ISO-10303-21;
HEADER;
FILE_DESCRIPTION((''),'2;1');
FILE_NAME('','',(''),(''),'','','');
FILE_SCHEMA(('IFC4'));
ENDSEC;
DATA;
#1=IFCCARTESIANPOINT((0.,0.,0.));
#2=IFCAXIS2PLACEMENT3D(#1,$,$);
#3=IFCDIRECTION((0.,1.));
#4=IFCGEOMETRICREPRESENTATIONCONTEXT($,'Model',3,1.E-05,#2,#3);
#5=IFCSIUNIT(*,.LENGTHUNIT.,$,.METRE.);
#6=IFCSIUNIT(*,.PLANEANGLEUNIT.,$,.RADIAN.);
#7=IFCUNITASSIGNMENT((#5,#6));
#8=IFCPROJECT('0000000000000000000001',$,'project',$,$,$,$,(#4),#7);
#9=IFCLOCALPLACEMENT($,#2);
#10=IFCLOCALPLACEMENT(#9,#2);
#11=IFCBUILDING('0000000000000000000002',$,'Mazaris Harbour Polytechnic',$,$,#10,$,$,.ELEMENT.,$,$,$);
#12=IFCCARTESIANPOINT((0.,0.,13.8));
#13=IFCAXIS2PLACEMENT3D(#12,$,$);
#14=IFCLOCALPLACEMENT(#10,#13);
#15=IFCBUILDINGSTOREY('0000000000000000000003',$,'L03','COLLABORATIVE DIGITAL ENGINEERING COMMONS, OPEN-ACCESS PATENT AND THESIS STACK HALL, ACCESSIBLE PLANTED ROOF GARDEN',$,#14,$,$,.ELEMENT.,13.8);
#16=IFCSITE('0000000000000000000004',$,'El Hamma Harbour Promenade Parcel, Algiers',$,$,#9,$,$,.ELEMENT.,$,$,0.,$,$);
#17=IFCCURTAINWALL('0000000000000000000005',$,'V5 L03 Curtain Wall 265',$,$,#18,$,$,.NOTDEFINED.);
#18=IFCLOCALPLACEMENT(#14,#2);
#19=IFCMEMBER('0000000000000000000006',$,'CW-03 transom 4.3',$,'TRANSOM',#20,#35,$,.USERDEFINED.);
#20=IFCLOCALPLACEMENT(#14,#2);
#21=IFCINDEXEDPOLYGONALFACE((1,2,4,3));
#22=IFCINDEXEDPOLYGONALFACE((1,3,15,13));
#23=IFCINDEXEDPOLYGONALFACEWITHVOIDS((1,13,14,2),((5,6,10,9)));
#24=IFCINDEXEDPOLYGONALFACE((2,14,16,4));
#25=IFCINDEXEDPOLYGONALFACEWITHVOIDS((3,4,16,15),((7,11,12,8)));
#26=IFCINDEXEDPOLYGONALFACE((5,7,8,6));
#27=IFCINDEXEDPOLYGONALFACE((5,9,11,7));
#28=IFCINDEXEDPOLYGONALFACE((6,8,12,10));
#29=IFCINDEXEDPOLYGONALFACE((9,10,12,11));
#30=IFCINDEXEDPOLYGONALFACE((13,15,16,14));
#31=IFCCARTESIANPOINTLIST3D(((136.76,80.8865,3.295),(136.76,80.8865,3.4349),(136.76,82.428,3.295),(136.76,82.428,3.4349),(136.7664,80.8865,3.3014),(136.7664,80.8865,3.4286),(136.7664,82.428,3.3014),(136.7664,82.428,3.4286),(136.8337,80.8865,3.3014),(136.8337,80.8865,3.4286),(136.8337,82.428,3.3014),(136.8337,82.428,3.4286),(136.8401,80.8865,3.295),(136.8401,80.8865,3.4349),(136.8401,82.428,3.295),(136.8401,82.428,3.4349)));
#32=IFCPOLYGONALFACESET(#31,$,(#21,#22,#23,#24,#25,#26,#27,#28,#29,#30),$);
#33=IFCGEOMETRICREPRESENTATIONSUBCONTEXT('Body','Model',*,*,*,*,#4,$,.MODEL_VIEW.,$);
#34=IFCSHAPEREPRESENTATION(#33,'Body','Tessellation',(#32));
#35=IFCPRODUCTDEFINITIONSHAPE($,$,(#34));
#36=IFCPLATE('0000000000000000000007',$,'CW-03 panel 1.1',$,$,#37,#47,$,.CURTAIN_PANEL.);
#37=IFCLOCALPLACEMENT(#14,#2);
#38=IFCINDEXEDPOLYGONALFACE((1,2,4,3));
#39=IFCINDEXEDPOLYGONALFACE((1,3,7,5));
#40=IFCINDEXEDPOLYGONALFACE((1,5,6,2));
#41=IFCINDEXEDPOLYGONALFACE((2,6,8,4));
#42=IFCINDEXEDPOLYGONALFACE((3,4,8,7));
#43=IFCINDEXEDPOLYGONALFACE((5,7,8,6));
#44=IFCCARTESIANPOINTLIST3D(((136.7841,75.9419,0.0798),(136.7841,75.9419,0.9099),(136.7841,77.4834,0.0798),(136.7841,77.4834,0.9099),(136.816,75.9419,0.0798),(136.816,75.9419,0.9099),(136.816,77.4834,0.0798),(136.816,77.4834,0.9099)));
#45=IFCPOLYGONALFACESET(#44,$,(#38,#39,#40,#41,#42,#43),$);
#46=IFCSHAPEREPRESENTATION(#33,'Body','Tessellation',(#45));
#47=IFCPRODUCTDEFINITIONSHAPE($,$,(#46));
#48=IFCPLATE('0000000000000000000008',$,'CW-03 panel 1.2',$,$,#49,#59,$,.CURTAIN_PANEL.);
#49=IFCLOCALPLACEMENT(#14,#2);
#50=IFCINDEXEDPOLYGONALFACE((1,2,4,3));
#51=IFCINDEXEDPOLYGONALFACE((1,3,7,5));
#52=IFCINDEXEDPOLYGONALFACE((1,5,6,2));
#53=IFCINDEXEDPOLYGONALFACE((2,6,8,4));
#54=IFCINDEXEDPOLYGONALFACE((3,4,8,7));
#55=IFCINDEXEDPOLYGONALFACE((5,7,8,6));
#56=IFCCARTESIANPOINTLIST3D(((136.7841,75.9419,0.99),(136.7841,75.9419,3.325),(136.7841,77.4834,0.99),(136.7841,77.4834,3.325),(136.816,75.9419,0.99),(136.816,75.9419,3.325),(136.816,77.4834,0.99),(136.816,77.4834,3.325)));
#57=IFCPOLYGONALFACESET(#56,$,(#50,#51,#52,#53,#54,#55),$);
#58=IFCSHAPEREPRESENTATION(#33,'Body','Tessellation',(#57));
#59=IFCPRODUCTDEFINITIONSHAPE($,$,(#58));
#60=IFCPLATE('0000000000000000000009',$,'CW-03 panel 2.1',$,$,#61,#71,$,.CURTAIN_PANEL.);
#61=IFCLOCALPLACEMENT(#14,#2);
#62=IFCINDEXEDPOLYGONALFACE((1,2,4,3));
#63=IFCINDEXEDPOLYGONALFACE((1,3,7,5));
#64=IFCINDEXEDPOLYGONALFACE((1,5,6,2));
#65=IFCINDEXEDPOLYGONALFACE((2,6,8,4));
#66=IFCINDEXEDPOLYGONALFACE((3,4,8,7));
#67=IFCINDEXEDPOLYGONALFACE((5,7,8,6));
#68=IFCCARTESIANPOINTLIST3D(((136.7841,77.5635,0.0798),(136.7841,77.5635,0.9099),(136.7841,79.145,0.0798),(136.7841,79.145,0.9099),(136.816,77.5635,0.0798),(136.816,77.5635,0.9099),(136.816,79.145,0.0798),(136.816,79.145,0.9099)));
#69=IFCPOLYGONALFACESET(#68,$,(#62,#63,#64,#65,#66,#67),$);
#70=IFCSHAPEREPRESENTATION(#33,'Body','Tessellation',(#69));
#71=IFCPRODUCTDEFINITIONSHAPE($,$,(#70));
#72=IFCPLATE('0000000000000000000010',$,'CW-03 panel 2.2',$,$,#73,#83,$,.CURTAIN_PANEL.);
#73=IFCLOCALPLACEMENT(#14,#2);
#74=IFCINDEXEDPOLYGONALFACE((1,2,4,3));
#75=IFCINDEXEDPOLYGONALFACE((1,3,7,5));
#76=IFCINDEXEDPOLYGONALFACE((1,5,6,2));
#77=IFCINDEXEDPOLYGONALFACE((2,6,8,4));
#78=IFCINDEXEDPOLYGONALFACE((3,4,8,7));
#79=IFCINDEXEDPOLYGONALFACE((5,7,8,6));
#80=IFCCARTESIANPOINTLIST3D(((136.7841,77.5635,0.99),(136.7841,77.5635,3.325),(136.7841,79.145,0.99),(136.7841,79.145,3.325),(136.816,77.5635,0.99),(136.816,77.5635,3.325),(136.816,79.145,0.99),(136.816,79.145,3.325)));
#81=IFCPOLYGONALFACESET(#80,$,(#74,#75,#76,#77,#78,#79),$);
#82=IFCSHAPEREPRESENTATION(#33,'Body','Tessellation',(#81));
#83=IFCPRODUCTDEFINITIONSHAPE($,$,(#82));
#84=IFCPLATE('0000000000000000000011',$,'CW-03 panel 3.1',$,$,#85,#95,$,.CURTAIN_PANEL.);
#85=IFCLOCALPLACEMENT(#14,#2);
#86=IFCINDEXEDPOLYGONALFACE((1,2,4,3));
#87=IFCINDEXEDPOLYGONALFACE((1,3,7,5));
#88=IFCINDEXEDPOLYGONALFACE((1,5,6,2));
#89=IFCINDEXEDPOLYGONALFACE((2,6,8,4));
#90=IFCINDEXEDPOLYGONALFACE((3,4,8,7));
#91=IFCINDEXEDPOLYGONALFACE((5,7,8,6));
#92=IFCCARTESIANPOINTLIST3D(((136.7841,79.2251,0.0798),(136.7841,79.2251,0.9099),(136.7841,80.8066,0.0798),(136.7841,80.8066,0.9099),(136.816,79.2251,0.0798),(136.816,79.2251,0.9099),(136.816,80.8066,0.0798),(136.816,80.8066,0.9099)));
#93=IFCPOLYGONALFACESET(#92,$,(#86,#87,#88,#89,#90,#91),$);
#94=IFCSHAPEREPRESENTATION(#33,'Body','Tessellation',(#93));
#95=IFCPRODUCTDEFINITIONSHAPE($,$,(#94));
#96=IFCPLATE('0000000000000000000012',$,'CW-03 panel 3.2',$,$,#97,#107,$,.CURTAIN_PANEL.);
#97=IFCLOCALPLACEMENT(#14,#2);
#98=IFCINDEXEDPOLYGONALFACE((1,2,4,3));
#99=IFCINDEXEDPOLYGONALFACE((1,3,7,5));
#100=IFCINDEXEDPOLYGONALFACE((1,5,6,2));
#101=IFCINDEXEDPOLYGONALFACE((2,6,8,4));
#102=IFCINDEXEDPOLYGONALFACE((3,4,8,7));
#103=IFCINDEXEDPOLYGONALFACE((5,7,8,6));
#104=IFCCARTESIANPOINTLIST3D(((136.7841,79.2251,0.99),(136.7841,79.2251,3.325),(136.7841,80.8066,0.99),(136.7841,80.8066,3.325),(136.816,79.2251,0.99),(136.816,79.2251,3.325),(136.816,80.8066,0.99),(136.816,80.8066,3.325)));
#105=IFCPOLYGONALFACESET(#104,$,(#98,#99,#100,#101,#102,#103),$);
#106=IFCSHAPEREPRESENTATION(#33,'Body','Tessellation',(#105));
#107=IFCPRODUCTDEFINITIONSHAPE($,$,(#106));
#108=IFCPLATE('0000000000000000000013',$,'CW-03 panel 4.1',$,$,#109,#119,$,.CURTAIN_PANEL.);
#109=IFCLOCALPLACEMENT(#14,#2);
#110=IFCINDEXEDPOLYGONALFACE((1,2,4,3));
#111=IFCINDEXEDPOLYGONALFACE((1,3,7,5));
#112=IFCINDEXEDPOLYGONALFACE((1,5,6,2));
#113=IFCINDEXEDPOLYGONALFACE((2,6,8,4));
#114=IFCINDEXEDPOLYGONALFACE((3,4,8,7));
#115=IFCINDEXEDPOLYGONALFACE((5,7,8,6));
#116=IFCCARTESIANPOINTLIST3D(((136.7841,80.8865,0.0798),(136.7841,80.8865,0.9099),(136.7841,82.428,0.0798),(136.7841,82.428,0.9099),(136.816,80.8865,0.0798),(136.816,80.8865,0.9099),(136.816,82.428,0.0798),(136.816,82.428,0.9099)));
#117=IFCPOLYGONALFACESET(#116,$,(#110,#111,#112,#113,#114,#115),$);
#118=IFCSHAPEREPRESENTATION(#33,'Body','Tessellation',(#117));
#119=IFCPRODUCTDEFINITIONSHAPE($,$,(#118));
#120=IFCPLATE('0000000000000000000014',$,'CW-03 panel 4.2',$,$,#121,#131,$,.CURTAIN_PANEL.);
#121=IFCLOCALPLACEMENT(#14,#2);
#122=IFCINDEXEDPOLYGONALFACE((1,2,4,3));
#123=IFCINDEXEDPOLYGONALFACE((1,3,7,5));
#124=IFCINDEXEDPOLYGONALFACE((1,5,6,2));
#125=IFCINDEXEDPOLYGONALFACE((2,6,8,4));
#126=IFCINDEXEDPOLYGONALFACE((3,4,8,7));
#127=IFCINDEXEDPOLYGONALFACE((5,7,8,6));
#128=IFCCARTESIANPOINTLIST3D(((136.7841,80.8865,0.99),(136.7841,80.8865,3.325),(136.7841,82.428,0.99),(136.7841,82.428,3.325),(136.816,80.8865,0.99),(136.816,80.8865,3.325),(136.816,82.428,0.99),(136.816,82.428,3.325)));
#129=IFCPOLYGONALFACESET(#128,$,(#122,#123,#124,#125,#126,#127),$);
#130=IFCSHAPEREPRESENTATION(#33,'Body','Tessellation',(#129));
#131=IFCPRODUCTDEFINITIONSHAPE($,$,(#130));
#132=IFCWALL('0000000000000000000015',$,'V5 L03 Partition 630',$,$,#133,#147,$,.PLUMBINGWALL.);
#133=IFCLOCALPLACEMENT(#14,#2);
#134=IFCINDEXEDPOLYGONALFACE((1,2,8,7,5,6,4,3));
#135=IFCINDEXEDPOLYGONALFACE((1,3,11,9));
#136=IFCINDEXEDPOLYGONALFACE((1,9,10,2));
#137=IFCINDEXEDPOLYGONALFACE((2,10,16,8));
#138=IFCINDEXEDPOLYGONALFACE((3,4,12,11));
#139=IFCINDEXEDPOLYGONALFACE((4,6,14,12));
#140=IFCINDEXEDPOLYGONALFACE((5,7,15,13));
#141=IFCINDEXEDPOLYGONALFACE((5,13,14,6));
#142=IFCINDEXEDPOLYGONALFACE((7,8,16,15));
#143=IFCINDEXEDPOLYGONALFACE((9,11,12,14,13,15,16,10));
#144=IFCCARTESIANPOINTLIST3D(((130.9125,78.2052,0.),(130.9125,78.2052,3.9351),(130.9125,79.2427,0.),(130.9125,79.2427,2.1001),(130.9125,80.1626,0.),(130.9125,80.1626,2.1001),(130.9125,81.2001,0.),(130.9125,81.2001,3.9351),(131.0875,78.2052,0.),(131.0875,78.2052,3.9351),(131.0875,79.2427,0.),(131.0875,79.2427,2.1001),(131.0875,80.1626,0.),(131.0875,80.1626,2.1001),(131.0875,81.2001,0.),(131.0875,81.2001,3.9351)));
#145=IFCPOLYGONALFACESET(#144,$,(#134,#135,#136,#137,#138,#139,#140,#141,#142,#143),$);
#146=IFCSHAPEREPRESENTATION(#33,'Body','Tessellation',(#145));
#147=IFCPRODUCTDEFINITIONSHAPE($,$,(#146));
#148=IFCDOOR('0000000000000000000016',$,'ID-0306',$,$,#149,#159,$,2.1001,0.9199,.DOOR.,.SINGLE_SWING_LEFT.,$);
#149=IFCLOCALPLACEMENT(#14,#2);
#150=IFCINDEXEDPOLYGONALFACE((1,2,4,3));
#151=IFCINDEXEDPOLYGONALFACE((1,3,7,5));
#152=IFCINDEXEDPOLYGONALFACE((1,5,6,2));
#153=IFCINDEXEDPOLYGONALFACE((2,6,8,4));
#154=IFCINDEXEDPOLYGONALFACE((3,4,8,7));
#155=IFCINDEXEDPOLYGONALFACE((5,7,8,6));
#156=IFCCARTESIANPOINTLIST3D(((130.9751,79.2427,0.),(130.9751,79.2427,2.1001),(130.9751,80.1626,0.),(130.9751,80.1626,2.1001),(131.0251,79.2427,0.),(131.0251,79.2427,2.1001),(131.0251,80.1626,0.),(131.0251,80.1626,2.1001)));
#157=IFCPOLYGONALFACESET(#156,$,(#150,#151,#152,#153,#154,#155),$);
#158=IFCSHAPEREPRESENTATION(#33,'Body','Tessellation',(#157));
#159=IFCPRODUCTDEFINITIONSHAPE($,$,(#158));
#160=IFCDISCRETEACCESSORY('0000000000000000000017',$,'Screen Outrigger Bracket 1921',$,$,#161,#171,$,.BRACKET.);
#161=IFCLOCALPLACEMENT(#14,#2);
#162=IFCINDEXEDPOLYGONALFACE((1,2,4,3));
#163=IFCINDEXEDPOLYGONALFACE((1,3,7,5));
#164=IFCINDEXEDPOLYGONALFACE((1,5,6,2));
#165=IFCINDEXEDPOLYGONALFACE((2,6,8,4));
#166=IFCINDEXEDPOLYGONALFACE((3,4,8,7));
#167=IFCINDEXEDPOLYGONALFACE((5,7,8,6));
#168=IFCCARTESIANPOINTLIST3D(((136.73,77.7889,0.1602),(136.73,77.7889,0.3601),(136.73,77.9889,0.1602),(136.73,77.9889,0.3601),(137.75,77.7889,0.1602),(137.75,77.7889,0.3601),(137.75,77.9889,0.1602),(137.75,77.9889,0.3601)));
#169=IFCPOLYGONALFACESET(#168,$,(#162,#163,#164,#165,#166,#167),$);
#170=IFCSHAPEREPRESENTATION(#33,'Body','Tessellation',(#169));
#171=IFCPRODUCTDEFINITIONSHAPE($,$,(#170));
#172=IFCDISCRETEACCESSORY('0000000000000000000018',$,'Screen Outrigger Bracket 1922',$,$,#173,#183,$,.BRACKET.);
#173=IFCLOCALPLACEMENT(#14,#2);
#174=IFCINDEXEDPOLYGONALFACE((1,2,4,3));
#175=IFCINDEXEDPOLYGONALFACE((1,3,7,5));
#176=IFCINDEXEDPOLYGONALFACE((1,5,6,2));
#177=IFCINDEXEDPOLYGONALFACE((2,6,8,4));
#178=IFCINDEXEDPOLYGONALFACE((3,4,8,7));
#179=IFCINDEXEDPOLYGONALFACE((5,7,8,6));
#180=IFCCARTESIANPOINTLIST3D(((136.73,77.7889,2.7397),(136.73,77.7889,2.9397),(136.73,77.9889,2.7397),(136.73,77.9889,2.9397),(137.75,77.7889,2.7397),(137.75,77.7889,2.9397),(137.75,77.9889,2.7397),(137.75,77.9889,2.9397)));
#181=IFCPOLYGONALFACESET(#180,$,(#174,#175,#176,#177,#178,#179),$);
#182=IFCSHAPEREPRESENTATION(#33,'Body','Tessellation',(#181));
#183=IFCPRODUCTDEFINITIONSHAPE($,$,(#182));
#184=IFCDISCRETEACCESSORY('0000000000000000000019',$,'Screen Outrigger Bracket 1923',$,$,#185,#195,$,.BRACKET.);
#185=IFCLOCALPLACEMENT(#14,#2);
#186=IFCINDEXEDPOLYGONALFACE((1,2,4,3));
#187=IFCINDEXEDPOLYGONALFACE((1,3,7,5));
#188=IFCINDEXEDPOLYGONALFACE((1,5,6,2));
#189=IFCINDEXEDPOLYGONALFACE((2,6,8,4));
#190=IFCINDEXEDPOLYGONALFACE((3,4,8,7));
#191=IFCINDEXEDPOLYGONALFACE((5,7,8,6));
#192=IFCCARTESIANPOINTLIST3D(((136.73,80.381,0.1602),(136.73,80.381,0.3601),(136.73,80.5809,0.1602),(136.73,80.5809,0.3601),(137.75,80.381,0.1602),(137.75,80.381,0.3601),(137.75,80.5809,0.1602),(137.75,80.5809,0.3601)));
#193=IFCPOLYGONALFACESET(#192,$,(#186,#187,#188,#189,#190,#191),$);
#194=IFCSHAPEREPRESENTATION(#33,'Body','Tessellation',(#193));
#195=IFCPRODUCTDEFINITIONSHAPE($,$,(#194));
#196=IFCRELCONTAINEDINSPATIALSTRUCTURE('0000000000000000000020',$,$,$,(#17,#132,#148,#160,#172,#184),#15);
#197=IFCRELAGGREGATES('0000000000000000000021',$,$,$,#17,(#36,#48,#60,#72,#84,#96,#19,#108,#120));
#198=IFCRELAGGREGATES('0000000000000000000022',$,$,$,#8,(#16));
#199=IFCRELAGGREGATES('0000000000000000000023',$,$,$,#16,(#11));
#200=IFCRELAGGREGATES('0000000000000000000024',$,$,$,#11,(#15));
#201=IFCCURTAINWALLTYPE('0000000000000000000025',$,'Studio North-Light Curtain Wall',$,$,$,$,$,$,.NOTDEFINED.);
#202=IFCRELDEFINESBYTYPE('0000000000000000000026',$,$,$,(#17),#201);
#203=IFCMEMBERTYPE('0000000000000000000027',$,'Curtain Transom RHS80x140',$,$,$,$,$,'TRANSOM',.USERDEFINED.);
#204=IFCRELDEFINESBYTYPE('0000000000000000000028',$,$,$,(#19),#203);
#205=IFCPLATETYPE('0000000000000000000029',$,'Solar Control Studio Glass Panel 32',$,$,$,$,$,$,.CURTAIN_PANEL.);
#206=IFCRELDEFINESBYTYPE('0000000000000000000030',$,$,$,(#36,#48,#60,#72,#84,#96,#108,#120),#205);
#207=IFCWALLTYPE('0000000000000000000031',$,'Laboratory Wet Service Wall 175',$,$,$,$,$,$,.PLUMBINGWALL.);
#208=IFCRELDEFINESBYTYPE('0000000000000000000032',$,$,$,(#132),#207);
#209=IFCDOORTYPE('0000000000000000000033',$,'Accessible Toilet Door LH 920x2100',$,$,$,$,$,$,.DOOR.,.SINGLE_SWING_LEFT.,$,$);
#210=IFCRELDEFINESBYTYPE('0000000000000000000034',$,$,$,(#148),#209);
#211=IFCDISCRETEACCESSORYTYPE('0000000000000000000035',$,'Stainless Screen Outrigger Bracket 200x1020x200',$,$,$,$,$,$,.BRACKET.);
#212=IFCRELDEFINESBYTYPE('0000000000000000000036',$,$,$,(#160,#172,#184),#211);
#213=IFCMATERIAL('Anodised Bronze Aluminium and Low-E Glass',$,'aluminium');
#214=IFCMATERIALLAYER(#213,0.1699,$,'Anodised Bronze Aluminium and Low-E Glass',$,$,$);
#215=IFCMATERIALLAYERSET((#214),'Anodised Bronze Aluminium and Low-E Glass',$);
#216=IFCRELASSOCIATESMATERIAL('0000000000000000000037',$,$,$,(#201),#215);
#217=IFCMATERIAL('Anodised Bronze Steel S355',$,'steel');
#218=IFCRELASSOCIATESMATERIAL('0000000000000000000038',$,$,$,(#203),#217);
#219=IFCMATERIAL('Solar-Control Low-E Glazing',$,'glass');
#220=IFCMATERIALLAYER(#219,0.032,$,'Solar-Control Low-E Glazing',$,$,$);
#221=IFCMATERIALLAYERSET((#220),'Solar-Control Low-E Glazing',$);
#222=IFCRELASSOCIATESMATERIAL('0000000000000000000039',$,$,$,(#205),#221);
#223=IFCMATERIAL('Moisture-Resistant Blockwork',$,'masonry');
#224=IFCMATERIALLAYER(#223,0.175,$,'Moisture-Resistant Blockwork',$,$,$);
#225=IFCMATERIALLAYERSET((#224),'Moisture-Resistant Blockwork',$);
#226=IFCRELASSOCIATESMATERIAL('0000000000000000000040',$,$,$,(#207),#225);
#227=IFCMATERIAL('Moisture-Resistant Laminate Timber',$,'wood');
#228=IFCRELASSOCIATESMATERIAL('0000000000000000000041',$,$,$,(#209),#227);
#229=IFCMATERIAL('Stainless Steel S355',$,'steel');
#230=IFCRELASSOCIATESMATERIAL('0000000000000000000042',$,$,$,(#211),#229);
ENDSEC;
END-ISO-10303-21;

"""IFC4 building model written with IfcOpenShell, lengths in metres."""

from ifc_helpers import new_model, si_unit, direction, frame, frame_2d, origin, origin_2d, place, context, subcontext, project, spatial, rectangle, hollow_rectangle, extrude, material, layer, layer_set, material_profile, profile_set, type_object, element, fill, aggregate, save


model = new_model("IFC4")

# Units and contexts
model_context = context("Model", 3, precision=1e-05, world=origin(), true_north=direction((0.0, 1.0)))
body_context = subcontext(model_context, "Body", "Model", "MODEL_VIEW")
ifc_project = project(units=[si_unit("LENGTHUNIT", "METRE"), si_unit("PLANEANGLEUNIT", "RADIAN")], contexts=[model_context])

# Site, building, storey
site_placement = place(None, origin())
site = spatial("IfcSite", under=ifc_project, at=site_placement, Name="El Hamma Harbour Promenade Parcel, Algiers", CompositionType="ELEMENT", RefElevation=0.0)
building_placement = place(site_placement, origin())
building = spatial("IfcBuilding", under=site, at=building_placement, Name="Mazaris Harbour Polytechnic", CompositionType="ELEMENT")
storey_placement = place(building_placement, frame((0.0, 0.0, 13.8)))
storey = spatial("IfcBuildingStorey", under=building, at=storey_placement, Name="L03", Description="COLLABORATIVE DIGITAL ENGINEERING COMMONS, OPEN-ACCESS PATENT AND THESIS STACK HALL, ACCESSIBLE PLANTED ROOF GARDEN", CompositionType="ELEMENT", Elevation=13.8)

# Curtain wall, member, plates
ifc_material_1 = material(Name="Anodised Bronze Aluminium and Low-E Glass", Category="aluminium")
ifc_layer_1 = layer(ifc_material_1, 0.1699, Name="Anodised Bronze Aluminium and Low-E Glass")
ifc_layer_set_1 = layer_set([ifc_layer_1], Name="Anodised Bronze Aluminium and Low-E Glass")
curtain_wall_type = type_object("IfcCurtainWallType", Name="Studio North-Light Curtain Wall", PredefinedType="NOTDEFINED", material=ifc_layer_set_1)
curtain_wall_placement = place(storey_placement, origin())
curtain_wall = element("IfcCurtainWall", 1, at=curtain_wall_placement, inside=storey, type_object=curtain_wall_type, Name="V5 L03 Curtain Wall 265", PredefinedType="NOTDEFINED")
ifc_material_2 = material(Name="Anodised Bronze Steel S355", Category="steel")
ifc_material_profile_1 = material_profile(ifc_material_2, hollow_rectangle(XDim=0.0801, YDim=0.1399, WallThickness=0.0063, at=origin_2d()), Name="RHS 80x140x6.3")
ifc_profile_set_1 = profile_set([ifc_material_profile_1], Name="Anodised Bronze Steel S355")
member_type_1 = type_object("IfcMemberType", Name="Curtain Transom RHS80x140", ElementType="TRANSOM", PredefinedType="USERDEFINED", material=ifc_profile_set_1)
member_1_placement = place(storey_placement, frame((136.8, 80.8865, 3.365), z_axis=(0.0, 1.0, 0.0), x_axis=(-1.0, 0.0, 0.0)))
member_1 = element("IfcMember", 2, at=member_1_placement, type_object=member_type_1, Name="CW-03 transom 4.3", ObjectType="TRANSOM", PredefinedType="USERDEFINED", context=body_context, shape_type="SweptSolid", body=[
    extrude(hollow_rectangle(XDim=0.0801, YDim=0.1399, WallThickness=0.0063, at=origin_2d()), origin(), (0.0, 0.0, 1.0), 1.5415),
])
ifc_material_3 = material(Name="Solar-Control Low-E Glazing", Category="glass")
ifc_layer_2 = layer(ifc_material_3, 0.032, Name="Solar-Control Low-E Glazing")
ifc_layer_set_2 = layer_set([ifc_layer_2], Name="Solar-Control Low-E Glazing")
plate_type = type_object("IfcPlateType", Name="Solar Control Studio Glass Panel 32", PredefinedType="CURTAIN_PANEL", material=ifc_layer_set_2)
plate_1_placement = place(storey_placement, frame((136.8, 76.7126, 0.0798), z_axis=(0.0, 0.0, 1.0), x_axis=(0.0, 1.0, 0.0)))
plate_1 = element("IfcPlate", 3, at=plate_1_placement, type_object=plate_type, Name="CW-03 panel 1.1", PredefinedType="CURTAIN_PANEL", context=body_context, shape_type="SweptSolid", body=[
    extrude(rectangle(XDim=1.5415, YDim=0.032, at=origin_2d()), origin(), (0.0, 0.0, 1.0), 0.8301),
])
plate_2_placement = place(storey_placement, frame((136.8, 76.7126, 0.99), z_axis=(0.0, 0.0, 1.0), x_axis=(0.0, 1.0, 0.0)))
plate_2 = element("IfcPlate", 4, at=plate_2_placement, type_object=plate_type, Name="CW-03 panel 1.2", PredefinedType="CURTAIN_PANEL", context=body_context, shape_type="SweptSolid", body=[
    extrude(rectangle(XDim=1.5415, YDim=0.032, at=origin_2d()), origin(), (0.0, 0.0, 1.0), 2.335),
])
plate_3_placement = place(storey_placement, frame((136.8, 78.3542, 0.0798), z_axis=(0.0, 0.0, 1.0), x_axis=(0.0, 1.0, 0.0)))
plate_3 = element("IfcPlate", 5, at=plate_3_placement, type_object=plate_type, Name="CW-03 panel 2.1", PredefinedType="CURTAIN_PANEL", context=body_context, shape_type="SweptSolid", body=[
    extrude(rectangle(XDim=1.5815, YDim=0.032, at=origin_2d()), origin(), (0.0, 0.0, 1.0), 0.8301),
])
plate_4_placement = place(storey_placement, frame((136.8, 78.3542, 0.99), z_axis=(0.0, 0.0, 1.0), x_axis=(0.0, 1.0, 0.0)))
plate_4 = element("IfcPlate", 6, at=plate_4_placement, type_object=plate_type, Name="CW-03 panel 2.2", PredefinedType="CURTAIN_PANEL", context=body_context, shape_type="SweptSolid", body=[
    extrude(rectangle(XDim=1.5815, YDim=0.032, at=origin_2d()), origin(), (0.0, 0.0, 1.0), 2.335),
])
plate_5_placement = place(storey_placement, frame((136.8, 80.0159, 0.0798), z_axis=(0.0, 0.0, 1.0), x_axis=(0.0, 1.0, 0.0)))
plate_5 = element("IfcPlate", 7, at=plate_5_placement, type_object=plate_type, Name="CW-03 panel 3.1", PredefinedType="CURTAIN_PANEL", context=body_context, shape_type="SweptSolid", body=[
    extrude(rectangle(XDim=1.5815, YDim=0.032, at=origin_2d()), origin(), (0.0, 0.0, 1.0), 0.8301),
])
plate_6_placement = place(storey_placement, frame((136.8, 80.0159, 0.99), z_axis=(0.0, 0.0, 1.0), x_axis=(0.0, 1.0, 0.0)))
plate_6 = element("IfcPlate", 8, at=plate_6_placement, type_object=plate_type, Name="CW-03 panel 3.2", PredefinedType="CURTAIN_PANEL", context=body_context, shape_type="SweptSolid", body=[
    extrude(rectangle(XDim=1.5815, YDim=0.032, at=origin_2d()), origin(), (0.0, 0.0, 1.0), 2.335),
])
plate_7_placement = place(storey_placement, frame((136.8, 81.6572, 0.0798), z_axis=(0.0, 0.0, 1.0), x_axis=(0.0, 1.0, 0.0)))
plate_7 = element("IfcPlate", 9, at=plate_7_placement, type_object=plate_type, Name="CW-03 panel 4.1", PredefinedType="CURTAIN_PANEL", context=body_context, shape_type="SweptSolid", body=[
    extrude(rectangle(XDim=1.5415, YDim=0.032, at=origin_2d()), origin(), (0.0, 0.0, 1.0), 0.8301),
])
plate_8_placement = place(storey_placement, frame((136.8, 81.6572, 0.99), z_axis=(0.0, 0.0, 1.0), x_axis=(0.0, 1.0, 0.0)))
plate_8 = element("IfcPlate", 10, at=plate_8_placement, type_object=plate_type, Name="CW-03 panel 4.2", PredefinedType="CURTAIN_PANEL", context=body_context, shape_type="SweptSolid", body=[
    extrude(rectangle(XDim=1.5415, YDim=0.032, at=origin_2d()), origin(), (0.0, 0.0, 1.0), 2.335),
])
aggregate(curtain_wall, [plate_1, plate_2, plate_3, plate_4, plate_5, plate_6, member_1, plate_7, plate_8])

# Wall, opening, door
ifc_material_4 = material(Name="Moisture-Resistant Blockwork", Category="masonry")
ifc_layer_3 = layer(ifc_material_4, 0.175, Name="Moisture-Resistant Blockwork")
ifc_layer_set_3 = layer_set([ifc_layer_3], Name="Moisture-Resistant Blockwork")
wall_type = type_object("IfcWallType", Name="Laboratory Wet Service Wall 175", PredefinedType="PLUMBINGWALL", material=ifc_layer_set_3)
wall_placement = place(storey_placement, frame((131.0, 78.2051, 0.0), z_axis=(0.0, 0.0, 1.0), x_axis=(0.0, 1.0, 0.0)))
wall = element("IfcWall", 11, at=wall_placement, inside=storey, type_object=wall_type, Name="V5 L03 Partition 630", PredefinedType="PLUMBINGWALL", context=body_context, shape_type="SweptSolid", body=[
    extrude(rectangle(XDim=2.9949, YDim=0.175, at=frame_2d((1.4976, 0.0))), origin(), (0.0, 0.0, 1.0), 3.9351),
])
opening_placement = place(wall_placement, frame((1.0376, 0.0, 0.0)))
opening = element("IfcOpeningElement", 12, at=opening_placement, cuts=wall, PredefinedType="OPENING", context=body_context, shape_type="SweptSolid", body=[
    extrude(rectangle(XDim=0.9199, YDim=2.1001, at=frame_2d((0.46, 1.05))), frame((0.0, 0.0974, 0.0), z_axis=(0.0, -1.0, 0.0), x_axis=(1.0, 0.0, 0.0)), (0.0, 0.0, 1.0), 0.1951),
])
ifc_material_5 = material(Name="Moisture-Resistant Laminate Timber", Category="wood")
door_type = type_object("IfcDoorType", Name="Accessible Toilet Door LH 920x2100", OperationType="SINGLE_SWING_LEFT", PredefinedType="DOOR", material=ifc_material_5)
door_placement = place(opening_placement, origin())
door = element("IfcDoor", 13, at=door_placement, inside=storey, type_object=door_type, Name="ID-0306", OperationType="SINGLE_SWING_LEFT", OverallHeight=2.1001, OverallWidth=0.9199, PredefinedType="DOOR", context=body_context, shape_type="SweptSolid", body=[
    extrude(rectangle(XDim=0.9199, YDim=2.1001, at=frame_2d((0.46, 1.05))), frame((0.0, 0.0249, 0.0), z_axis=(0.0, -1.0, 0.0), x_axis=(1.0, 0.0, 0.0)), (0.0, 0.0, 1.0), 0.05),
])
fill(opening, door)

# Discrete accessories
ifc_material_6 = material(Name="Stainless Steel S355", Category="steel")
discrete_accessory_type = type_object("IfcDiscreteAccessoryType", Name="Stainless Screen Outrigger Bracket 200x1020x200", PredefinedType="BRACKET", material=ifc_material_6)
for number, where, z_axis, x_axis, name in (
    (14, (137.24, 77.8889, 0.1602), (0.0, 0.0, 1.0), (0.0, 1.0, 0.0), "Screen Outrigger Bracket 1921"),
    (15, (137.24, 77.8889, 2.7397), (0.0, 0.0, 1.0), (0.0, 1.0, 0.0), "Screen Outrigger Bracket 1922"),
    (16, (137.24, 80.481, 0.1602), (0.0, 0.0, 1.0), (0.0, 1.0, 0.0), "Screen Outrigger Bracket 1923"),
):
    element("IfcDiscreteAccessory", number, at=place(storey_placement, frame(where, z_axis=z_axis, x_axis=x_axis)), inside=storey, type_object=discrete_accessory_type, Name=name, PredefinedType="BRACKET", context=body_context, shape_type="SweptSolid", body=[
        extrude(rectangle(XDim=0.2, YDim=1.02, at=origin_2d()), origin(), (0.0, 0.0, 1.0), 0.2),
    ])

save(model, "model.ifc")
